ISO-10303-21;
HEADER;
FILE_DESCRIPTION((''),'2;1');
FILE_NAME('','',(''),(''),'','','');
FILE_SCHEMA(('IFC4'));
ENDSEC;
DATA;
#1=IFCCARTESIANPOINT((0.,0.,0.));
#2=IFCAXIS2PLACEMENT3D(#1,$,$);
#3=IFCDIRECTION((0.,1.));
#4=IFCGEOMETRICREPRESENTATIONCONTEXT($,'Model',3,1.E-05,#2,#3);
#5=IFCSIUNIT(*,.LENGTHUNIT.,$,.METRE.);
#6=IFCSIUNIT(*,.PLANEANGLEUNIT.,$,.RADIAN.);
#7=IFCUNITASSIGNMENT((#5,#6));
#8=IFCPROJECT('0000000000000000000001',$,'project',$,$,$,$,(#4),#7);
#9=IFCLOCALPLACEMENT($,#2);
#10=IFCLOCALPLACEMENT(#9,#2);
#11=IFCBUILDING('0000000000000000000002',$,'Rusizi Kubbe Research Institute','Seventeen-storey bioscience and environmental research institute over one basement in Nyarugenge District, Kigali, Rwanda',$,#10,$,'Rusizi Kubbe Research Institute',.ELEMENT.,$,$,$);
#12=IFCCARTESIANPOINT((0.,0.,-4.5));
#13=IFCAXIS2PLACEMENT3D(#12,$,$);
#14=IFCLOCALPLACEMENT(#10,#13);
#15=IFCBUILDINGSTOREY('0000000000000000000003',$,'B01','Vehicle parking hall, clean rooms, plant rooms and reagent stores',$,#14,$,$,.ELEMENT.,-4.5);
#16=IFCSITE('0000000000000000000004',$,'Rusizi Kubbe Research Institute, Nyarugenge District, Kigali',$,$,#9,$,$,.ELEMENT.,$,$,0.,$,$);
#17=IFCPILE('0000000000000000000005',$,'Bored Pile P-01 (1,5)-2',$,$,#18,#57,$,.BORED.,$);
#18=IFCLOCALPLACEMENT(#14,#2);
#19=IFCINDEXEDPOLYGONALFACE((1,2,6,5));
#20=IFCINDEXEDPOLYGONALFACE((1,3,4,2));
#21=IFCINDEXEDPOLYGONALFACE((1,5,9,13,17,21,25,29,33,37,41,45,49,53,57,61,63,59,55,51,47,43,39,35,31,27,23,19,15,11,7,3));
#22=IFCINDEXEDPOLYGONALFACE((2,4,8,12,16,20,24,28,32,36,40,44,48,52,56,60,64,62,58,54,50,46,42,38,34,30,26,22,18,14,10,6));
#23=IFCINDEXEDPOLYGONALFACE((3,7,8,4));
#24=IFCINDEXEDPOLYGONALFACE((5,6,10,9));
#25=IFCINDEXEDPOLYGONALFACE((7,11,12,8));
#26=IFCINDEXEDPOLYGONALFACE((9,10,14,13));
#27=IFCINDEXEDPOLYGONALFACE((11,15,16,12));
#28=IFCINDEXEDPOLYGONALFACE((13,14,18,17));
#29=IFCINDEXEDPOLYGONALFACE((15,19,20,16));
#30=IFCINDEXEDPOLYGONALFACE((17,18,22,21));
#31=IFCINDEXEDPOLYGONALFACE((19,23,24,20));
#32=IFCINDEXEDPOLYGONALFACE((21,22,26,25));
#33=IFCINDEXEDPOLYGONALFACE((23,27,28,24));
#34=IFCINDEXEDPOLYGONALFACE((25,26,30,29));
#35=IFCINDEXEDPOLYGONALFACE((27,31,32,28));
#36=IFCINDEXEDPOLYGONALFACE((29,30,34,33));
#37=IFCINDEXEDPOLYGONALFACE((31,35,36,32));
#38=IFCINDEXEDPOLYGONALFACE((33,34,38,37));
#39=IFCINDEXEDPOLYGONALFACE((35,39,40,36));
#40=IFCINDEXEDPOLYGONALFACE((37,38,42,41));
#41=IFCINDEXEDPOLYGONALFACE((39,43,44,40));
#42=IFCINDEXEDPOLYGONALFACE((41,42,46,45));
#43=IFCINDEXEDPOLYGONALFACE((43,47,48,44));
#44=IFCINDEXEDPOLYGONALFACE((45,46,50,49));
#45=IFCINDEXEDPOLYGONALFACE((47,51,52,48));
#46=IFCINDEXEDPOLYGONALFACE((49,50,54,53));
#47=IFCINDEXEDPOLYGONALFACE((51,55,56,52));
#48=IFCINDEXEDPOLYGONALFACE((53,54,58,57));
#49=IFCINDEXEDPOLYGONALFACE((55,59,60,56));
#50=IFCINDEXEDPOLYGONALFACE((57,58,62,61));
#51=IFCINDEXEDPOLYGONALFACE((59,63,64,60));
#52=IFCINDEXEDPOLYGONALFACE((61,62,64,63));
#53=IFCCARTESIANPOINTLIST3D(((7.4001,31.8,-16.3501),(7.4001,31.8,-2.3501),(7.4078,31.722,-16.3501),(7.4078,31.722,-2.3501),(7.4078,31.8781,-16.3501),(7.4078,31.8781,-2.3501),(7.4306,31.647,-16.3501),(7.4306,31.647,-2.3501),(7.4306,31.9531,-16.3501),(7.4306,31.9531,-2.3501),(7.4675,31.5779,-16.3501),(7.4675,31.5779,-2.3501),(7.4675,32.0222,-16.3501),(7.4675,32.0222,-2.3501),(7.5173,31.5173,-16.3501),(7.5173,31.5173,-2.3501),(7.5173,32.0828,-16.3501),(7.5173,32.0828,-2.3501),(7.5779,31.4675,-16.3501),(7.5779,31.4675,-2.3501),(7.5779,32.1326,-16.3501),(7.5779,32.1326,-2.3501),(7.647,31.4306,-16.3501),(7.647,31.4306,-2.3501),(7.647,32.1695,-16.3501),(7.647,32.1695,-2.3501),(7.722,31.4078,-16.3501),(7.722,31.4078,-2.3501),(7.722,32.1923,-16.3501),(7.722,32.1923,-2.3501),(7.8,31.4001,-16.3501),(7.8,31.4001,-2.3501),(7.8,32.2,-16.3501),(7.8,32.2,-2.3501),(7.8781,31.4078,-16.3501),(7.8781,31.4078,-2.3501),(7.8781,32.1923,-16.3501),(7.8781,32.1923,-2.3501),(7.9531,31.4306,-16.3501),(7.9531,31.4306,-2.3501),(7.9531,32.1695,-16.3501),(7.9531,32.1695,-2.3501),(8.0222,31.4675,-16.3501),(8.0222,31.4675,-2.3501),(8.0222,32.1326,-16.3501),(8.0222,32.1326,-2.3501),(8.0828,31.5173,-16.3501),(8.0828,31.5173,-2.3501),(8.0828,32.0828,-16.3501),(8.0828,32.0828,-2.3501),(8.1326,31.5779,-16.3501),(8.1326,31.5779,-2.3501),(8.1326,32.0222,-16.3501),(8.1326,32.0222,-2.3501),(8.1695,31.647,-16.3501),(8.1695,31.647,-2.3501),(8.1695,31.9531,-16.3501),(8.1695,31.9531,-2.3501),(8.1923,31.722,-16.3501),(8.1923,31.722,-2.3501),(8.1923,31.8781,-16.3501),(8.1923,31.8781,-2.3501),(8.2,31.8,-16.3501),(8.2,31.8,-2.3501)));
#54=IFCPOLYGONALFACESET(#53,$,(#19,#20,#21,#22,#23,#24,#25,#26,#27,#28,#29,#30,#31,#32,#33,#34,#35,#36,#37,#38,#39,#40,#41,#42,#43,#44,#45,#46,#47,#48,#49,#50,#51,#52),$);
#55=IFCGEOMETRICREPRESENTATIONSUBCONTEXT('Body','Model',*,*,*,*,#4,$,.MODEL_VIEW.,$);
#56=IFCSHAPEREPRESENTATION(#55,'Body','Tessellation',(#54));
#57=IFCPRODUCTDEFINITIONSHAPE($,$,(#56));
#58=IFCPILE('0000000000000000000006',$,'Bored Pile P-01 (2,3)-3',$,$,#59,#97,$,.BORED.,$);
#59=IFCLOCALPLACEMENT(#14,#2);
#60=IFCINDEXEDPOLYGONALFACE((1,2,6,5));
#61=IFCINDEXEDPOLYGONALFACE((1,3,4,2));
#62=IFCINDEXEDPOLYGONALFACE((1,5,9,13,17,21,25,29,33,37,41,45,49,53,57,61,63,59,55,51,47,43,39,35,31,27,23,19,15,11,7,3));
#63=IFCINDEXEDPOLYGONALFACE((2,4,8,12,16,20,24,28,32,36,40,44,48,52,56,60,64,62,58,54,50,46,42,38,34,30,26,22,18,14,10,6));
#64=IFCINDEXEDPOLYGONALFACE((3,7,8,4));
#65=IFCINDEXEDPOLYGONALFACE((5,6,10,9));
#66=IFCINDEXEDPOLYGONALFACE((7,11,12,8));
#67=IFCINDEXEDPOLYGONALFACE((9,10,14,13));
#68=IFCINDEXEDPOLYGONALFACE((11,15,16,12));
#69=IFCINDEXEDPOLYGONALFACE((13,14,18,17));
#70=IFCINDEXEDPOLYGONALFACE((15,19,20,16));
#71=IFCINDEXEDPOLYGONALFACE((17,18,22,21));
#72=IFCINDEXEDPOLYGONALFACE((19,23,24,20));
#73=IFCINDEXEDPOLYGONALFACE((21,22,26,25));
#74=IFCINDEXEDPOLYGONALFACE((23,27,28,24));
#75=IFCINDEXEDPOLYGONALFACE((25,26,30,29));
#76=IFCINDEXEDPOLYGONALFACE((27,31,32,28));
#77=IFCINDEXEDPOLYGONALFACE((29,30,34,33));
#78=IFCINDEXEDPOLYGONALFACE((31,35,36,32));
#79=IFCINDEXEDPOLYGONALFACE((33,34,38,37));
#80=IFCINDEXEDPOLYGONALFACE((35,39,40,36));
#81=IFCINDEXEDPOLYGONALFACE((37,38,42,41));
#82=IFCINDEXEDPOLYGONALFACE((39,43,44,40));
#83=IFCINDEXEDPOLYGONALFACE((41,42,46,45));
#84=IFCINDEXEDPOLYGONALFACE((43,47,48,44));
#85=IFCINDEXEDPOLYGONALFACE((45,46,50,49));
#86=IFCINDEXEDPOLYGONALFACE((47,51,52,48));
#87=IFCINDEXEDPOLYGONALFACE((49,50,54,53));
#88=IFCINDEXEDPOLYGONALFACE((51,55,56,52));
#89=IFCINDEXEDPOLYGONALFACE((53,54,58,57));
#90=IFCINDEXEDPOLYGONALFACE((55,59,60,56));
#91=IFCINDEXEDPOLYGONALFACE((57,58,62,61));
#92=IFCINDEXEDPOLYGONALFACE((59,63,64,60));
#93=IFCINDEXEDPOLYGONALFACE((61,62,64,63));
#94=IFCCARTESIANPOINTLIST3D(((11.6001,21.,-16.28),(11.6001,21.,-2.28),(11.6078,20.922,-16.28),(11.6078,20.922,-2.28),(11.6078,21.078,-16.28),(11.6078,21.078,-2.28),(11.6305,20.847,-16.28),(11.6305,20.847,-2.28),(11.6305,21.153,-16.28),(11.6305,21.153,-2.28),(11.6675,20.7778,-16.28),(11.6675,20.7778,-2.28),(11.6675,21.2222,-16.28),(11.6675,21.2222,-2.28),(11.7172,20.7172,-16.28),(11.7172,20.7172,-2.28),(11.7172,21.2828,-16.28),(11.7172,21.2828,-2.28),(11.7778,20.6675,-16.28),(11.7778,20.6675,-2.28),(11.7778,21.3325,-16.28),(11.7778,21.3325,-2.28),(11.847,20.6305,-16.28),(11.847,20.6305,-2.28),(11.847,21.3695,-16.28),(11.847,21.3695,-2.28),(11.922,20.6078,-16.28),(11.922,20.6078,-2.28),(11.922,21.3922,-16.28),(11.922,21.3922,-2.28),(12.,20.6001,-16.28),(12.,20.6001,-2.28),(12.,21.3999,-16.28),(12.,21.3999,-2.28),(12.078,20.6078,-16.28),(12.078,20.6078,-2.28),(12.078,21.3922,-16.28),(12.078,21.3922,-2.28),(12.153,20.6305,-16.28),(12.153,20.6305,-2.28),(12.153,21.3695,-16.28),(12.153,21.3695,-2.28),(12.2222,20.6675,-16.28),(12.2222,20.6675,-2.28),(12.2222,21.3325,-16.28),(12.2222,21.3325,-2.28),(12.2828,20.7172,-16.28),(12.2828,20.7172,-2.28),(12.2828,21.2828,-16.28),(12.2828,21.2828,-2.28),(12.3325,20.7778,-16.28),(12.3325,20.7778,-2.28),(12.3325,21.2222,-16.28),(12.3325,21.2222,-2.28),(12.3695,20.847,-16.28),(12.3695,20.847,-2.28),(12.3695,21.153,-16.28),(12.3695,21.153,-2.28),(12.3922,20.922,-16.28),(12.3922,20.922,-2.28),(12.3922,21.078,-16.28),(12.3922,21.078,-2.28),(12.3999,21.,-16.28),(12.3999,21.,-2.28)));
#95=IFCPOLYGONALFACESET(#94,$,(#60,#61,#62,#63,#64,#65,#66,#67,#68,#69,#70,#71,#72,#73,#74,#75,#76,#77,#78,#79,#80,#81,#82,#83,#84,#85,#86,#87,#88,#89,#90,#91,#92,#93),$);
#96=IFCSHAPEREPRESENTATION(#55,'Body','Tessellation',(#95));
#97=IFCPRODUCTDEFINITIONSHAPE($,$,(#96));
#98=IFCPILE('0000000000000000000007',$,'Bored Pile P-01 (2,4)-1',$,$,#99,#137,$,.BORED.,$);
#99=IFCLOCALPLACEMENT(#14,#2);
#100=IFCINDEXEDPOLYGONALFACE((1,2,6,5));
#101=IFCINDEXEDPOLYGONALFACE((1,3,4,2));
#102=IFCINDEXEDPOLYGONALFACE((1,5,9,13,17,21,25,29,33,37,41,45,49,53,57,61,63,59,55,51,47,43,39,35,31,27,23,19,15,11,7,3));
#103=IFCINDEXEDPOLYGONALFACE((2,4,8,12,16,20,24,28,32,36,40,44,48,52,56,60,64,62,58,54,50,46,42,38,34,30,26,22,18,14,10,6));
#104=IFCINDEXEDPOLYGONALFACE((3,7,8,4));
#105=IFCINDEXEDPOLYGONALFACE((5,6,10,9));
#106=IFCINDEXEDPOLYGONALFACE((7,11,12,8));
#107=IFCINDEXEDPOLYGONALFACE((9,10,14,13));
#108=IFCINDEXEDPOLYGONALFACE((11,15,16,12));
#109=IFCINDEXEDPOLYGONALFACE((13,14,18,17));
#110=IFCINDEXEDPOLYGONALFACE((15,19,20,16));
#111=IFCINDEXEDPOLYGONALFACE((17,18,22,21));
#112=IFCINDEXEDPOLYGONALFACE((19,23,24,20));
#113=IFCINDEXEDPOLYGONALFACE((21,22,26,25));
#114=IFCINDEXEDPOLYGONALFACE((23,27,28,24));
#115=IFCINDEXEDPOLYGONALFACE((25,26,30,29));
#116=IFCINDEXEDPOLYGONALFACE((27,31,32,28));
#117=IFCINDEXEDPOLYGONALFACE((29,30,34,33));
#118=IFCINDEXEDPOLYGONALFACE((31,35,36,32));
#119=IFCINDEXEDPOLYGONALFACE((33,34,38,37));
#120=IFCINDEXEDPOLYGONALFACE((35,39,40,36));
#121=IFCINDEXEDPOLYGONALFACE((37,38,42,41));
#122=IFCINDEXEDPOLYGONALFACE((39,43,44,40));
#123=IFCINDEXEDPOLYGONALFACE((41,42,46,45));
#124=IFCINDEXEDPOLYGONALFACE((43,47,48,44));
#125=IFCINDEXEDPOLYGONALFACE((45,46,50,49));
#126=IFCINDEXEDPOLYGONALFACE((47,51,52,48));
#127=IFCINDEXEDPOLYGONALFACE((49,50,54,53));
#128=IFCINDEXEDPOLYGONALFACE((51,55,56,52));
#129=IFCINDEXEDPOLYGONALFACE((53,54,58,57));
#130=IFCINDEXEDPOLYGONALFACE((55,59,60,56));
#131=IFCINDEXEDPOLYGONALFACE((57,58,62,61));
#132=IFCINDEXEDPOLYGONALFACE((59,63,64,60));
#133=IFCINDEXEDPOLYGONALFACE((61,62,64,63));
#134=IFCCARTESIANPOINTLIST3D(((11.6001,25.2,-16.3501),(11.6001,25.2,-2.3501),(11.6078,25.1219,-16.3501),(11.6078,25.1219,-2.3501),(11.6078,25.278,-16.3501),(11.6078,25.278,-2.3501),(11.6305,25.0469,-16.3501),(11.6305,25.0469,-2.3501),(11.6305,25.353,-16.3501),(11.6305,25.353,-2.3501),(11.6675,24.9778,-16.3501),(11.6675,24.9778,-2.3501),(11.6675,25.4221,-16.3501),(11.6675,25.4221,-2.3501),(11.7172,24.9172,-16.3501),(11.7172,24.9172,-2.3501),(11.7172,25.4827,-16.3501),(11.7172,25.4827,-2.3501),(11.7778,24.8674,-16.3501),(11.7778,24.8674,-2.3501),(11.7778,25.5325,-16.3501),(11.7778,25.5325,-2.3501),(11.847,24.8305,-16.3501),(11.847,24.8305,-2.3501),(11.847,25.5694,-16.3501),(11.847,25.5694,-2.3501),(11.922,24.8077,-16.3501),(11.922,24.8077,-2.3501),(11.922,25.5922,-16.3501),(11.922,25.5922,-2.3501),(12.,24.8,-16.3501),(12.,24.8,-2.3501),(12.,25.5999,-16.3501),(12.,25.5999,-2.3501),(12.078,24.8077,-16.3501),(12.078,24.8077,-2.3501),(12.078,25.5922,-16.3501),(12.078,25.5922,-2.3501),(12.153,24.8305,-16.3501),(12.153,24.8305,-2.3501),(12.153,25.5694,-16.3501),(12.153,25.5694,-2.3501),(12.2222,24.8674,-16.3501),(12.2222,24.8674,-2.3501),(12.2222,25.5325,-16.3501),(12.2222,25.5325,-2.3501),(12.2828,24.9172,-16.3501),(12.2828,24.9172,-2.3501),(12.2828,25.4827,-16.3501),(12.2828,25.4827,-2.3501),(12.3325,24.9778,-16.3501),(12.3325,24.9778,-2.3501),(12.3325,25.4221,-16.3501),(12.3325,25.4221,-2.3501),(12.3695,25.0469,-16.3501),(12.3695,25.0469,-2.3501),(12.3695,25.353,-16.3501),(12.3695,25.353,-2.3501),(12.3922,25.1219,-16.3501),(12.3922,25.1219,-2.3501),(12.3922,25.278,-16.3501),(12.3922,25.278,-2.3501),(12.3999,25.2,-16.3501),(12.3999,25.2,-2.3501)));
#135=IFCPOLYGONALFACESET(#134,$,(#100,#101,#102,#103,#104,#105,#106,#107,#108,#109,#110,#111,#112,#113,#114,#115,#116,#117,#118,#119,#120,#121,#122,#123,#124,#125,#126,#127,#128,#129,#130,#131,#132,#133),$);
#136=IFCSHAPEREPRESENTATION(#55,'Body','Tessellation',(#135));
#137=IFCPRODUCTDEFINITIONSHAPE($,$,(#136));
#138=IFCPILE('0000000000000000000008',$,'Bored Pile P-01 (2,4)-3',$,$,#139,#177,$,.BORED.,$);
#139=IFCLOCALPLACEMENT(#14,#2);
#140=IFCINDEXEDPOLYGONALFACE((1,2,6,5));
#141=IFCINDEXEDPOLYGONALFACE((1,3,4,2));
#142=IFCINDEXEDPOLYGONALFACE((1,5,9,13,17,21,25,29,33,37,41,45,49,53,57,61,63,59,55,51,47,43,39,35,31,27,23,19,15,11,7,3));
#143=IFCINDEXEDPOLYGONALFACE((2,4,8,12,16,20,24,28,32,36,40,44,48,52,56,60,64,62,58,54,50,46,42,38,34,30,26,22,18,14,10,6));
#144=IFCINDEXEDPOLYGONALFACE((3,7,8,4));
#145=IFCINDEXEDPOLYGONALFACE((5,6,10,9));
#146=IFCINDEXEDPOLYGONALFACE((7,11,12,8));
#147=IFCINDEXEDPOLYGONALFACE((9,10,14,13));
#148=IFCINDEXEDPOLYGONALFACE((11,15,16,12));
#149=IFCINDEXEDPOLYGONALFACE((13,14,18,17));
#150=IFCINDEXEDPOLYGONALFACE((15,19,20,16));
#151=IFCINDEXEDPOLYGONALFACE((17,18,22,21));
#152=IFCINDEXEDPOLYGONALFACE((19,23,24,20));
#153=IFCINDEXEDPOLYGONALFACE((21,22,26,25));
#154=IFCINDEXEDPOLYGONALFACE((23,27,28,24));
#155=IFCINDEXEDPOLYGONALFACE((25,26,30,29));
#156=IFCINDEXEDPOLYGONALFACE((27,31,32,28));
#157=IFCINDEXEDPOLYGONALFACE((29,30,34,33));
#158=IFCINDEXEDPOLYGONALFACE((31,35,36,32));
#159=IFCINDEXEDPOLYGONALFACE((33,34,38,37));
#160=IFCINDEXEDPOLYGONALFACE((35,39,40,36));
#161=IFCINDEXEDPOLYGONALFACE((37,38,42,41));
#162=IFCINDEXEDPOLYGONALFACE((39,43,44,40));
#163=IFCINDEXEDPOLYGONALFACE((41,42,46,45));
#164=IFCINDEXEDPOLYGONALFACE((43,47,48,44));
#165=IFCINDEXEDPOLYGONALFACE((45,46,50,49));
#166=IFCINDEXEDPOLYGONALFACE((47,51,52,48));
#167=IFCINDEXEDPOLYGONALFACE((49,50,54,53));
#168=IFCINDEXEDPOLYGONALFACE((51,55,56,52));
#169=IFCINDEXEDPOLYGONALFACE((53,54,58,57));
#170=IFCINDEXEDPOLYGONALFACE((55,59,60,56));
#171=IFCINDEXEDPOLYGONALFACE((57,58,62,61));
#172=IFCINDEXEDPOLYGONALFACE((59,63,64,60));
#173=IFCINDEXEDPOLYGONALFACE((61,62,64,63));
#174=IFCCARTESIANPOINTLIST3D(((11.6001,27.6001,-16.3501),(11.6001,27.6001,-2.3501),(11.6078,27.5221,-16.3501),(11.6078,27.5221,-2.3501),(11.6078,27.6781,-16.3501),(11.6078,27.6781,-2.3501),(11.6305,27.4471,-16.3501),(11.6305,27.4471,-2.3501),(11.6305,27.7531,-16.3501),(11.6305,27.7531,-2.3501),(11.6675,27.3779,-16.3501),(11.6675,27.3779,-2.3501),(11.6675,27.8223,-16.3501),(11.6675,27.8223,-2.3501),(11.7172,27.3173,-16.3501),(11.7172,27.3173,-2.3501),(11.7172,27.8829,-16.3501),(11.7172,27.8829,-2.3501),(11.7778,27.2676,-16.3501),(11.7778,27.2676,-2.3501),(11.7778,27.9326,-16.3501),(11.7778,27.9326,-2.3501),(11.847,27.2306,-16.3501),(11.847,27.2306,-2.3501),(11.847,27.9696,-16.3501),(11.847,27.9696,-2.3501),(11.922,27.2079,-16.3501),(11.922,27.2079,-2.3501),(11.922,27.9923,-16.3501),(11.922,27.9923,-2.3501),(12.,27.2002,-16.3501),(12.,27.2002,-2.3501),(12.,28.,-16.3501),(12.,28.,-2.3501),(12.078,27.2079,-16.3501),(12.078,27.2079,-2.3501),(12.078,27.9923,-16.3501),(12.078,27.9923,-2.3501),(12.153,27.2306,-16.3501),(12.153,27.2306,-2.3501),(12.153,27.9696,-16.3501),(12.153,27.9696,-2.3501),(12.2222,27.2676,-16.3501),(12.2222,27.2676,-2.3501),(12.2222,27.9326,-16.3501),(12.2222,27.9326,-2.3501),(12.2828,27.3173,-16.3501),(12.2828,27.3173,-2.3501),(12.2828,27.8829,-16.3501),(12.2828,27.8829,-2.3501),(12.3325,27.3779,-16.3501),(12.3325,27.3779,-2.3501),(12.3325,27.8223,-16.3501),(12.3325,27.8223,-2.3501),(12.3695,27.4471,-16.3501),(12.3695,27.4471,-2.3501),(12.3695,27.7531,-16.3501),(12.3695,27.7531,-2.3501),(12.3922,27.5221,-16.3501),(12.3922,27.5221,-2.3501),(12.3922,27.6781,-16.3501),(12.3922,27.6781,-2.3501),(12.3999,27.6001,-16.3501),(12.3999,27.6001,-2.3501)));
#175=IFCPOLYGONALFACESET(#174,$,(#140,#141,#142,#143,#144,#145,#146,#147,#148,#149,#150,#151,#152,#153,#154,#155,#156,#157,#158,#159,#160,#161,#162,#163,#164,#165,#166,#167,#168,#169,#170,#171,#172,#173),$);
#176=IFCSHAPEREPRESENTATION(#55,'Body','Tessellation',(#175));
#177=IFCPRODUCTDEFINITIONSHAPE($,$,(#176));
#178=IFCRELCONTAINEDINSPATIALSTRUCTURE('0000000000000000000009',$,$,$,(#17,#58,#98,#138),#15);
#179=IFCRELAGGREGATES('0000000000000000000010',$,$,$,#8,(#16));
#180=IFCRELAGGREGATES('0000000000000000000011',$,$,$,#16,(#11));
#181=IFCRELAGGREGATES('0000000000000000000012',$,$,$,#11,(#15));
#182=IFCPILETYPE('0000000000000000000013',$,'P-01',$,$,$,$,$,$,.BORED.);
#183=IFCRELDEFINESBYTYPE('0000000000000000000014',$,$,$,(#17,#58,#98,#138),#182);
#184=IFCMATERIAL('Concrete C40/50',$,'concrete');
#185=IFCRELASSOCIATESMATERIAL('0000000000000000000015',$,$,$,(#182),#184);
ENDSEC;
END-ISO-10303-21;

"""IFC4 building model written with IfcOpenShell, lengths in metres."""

from ifc_helpers import new_model, si_unit, direction, frame, origin, origin_2d, place, context, subcontext, project, spatial, circle, extrude, material, material_profile, profile_set, type_object, element, save


model = new_model("IFC4")

# Units and contexts
model_context = context("Model", 3, precision=1e-05, world=origin(), true_north=direction((0.0, 1.0)))
body_context = subcontext(model_context, "Body", "Model", "MODEL_VIEW")
ifc_project = project(units=[si_unit("LENGTHUNIT", "METRE"), si_unit("PLANEANGLEUNIT", "RADIAN")], contexts=[model_context])

# Site, building, storey
site_placement = place(None, origin())
site = spatial("IfcSite", under=ifc_project, at=site_placement, Name="Rusizi Kubbe Research Institute, Nyarugenge District, Kigali", CompositionType="ELEMENT", RefElevation=0.0)
building_placement = place(site_placement, origin())
building = spatial("IfcBuilding", under=site, at=building_placement, Name="Rusizi Kubbe Research Institute", Description="Seventeen-storey bioscience and environmental research institute over one basement in Nyarugenge District, Kigali, Rwanda", LongName="Rusizi Kubbe Research Institute", CompositionType="ELEMENT")
storey_placement = place(building_placement, frame((0.0, 0.0, -4.5)))
storey = spatial("IfcBuildingStorey", under=building, at=storey_placement, Name="B01", Description="Vehicle parking hall, clean rooms, plant rooms and reagent stores", CompositionType="ELEMENT", Elevation=-4.5)

# Piles
ifc_material_1 = material(Name="Concrete C40/50", Category="concrete")
ifc_material_profile_1 = material_profile(ifc_material_1, circle(Radius=0.3999, at=origin_2d()), Name="PILE-D800")
ifc_profile_set_1 = profile_set([ifc_material_profile_1], Name="Concrete C40/50")
pile_type_1 = type_object("IfcPileType", Name="P-01", PredefinedType="BORED", material=ifc_profile_set_1)
for number, where, z_axis, x_axis, name in (
    (1, (7.8, 31.8, -2.3501), (0.0, 0.0, -1.0), (1.0, 0.0, 0.0), "Bored Pile P-01 (1,5)-2"),
    (2, (12.0, 21.0, -2.28), (0.0, 0.0, -1.0), (1.0, 0.0, 0.0), "Bored Pile P-01 (2,3)-3"),
    (3, (12.0, 25.2, -2.3501), (0.0, 0.0, -1.0), (1.0, 0.0, 0.0), "Bored Pile P-01 (2,4)-1"),
    (4, (12.0, 27.6001, -2.3501), (0.0, 0.0, -1.0), (1.0, 0.0, 0.0), "Bored Pile P-01 (2,4)-3"),
):
    element("IfcPile", number, at=place(storey_placement, frame(where, z_axis=z_axis, x_axis=x_axis)), inside=storey, type_object=pile_type_1, Name=name, PredefinedType="BORED", context=body_context, shape_type="SweptSolid", body=[
        extrude(circle(Radius=0.3999, at=origin_2d()), origin(), (0.0, 0.0, 1.0), 14.0),
    ])

save(model, "model.ifc")
